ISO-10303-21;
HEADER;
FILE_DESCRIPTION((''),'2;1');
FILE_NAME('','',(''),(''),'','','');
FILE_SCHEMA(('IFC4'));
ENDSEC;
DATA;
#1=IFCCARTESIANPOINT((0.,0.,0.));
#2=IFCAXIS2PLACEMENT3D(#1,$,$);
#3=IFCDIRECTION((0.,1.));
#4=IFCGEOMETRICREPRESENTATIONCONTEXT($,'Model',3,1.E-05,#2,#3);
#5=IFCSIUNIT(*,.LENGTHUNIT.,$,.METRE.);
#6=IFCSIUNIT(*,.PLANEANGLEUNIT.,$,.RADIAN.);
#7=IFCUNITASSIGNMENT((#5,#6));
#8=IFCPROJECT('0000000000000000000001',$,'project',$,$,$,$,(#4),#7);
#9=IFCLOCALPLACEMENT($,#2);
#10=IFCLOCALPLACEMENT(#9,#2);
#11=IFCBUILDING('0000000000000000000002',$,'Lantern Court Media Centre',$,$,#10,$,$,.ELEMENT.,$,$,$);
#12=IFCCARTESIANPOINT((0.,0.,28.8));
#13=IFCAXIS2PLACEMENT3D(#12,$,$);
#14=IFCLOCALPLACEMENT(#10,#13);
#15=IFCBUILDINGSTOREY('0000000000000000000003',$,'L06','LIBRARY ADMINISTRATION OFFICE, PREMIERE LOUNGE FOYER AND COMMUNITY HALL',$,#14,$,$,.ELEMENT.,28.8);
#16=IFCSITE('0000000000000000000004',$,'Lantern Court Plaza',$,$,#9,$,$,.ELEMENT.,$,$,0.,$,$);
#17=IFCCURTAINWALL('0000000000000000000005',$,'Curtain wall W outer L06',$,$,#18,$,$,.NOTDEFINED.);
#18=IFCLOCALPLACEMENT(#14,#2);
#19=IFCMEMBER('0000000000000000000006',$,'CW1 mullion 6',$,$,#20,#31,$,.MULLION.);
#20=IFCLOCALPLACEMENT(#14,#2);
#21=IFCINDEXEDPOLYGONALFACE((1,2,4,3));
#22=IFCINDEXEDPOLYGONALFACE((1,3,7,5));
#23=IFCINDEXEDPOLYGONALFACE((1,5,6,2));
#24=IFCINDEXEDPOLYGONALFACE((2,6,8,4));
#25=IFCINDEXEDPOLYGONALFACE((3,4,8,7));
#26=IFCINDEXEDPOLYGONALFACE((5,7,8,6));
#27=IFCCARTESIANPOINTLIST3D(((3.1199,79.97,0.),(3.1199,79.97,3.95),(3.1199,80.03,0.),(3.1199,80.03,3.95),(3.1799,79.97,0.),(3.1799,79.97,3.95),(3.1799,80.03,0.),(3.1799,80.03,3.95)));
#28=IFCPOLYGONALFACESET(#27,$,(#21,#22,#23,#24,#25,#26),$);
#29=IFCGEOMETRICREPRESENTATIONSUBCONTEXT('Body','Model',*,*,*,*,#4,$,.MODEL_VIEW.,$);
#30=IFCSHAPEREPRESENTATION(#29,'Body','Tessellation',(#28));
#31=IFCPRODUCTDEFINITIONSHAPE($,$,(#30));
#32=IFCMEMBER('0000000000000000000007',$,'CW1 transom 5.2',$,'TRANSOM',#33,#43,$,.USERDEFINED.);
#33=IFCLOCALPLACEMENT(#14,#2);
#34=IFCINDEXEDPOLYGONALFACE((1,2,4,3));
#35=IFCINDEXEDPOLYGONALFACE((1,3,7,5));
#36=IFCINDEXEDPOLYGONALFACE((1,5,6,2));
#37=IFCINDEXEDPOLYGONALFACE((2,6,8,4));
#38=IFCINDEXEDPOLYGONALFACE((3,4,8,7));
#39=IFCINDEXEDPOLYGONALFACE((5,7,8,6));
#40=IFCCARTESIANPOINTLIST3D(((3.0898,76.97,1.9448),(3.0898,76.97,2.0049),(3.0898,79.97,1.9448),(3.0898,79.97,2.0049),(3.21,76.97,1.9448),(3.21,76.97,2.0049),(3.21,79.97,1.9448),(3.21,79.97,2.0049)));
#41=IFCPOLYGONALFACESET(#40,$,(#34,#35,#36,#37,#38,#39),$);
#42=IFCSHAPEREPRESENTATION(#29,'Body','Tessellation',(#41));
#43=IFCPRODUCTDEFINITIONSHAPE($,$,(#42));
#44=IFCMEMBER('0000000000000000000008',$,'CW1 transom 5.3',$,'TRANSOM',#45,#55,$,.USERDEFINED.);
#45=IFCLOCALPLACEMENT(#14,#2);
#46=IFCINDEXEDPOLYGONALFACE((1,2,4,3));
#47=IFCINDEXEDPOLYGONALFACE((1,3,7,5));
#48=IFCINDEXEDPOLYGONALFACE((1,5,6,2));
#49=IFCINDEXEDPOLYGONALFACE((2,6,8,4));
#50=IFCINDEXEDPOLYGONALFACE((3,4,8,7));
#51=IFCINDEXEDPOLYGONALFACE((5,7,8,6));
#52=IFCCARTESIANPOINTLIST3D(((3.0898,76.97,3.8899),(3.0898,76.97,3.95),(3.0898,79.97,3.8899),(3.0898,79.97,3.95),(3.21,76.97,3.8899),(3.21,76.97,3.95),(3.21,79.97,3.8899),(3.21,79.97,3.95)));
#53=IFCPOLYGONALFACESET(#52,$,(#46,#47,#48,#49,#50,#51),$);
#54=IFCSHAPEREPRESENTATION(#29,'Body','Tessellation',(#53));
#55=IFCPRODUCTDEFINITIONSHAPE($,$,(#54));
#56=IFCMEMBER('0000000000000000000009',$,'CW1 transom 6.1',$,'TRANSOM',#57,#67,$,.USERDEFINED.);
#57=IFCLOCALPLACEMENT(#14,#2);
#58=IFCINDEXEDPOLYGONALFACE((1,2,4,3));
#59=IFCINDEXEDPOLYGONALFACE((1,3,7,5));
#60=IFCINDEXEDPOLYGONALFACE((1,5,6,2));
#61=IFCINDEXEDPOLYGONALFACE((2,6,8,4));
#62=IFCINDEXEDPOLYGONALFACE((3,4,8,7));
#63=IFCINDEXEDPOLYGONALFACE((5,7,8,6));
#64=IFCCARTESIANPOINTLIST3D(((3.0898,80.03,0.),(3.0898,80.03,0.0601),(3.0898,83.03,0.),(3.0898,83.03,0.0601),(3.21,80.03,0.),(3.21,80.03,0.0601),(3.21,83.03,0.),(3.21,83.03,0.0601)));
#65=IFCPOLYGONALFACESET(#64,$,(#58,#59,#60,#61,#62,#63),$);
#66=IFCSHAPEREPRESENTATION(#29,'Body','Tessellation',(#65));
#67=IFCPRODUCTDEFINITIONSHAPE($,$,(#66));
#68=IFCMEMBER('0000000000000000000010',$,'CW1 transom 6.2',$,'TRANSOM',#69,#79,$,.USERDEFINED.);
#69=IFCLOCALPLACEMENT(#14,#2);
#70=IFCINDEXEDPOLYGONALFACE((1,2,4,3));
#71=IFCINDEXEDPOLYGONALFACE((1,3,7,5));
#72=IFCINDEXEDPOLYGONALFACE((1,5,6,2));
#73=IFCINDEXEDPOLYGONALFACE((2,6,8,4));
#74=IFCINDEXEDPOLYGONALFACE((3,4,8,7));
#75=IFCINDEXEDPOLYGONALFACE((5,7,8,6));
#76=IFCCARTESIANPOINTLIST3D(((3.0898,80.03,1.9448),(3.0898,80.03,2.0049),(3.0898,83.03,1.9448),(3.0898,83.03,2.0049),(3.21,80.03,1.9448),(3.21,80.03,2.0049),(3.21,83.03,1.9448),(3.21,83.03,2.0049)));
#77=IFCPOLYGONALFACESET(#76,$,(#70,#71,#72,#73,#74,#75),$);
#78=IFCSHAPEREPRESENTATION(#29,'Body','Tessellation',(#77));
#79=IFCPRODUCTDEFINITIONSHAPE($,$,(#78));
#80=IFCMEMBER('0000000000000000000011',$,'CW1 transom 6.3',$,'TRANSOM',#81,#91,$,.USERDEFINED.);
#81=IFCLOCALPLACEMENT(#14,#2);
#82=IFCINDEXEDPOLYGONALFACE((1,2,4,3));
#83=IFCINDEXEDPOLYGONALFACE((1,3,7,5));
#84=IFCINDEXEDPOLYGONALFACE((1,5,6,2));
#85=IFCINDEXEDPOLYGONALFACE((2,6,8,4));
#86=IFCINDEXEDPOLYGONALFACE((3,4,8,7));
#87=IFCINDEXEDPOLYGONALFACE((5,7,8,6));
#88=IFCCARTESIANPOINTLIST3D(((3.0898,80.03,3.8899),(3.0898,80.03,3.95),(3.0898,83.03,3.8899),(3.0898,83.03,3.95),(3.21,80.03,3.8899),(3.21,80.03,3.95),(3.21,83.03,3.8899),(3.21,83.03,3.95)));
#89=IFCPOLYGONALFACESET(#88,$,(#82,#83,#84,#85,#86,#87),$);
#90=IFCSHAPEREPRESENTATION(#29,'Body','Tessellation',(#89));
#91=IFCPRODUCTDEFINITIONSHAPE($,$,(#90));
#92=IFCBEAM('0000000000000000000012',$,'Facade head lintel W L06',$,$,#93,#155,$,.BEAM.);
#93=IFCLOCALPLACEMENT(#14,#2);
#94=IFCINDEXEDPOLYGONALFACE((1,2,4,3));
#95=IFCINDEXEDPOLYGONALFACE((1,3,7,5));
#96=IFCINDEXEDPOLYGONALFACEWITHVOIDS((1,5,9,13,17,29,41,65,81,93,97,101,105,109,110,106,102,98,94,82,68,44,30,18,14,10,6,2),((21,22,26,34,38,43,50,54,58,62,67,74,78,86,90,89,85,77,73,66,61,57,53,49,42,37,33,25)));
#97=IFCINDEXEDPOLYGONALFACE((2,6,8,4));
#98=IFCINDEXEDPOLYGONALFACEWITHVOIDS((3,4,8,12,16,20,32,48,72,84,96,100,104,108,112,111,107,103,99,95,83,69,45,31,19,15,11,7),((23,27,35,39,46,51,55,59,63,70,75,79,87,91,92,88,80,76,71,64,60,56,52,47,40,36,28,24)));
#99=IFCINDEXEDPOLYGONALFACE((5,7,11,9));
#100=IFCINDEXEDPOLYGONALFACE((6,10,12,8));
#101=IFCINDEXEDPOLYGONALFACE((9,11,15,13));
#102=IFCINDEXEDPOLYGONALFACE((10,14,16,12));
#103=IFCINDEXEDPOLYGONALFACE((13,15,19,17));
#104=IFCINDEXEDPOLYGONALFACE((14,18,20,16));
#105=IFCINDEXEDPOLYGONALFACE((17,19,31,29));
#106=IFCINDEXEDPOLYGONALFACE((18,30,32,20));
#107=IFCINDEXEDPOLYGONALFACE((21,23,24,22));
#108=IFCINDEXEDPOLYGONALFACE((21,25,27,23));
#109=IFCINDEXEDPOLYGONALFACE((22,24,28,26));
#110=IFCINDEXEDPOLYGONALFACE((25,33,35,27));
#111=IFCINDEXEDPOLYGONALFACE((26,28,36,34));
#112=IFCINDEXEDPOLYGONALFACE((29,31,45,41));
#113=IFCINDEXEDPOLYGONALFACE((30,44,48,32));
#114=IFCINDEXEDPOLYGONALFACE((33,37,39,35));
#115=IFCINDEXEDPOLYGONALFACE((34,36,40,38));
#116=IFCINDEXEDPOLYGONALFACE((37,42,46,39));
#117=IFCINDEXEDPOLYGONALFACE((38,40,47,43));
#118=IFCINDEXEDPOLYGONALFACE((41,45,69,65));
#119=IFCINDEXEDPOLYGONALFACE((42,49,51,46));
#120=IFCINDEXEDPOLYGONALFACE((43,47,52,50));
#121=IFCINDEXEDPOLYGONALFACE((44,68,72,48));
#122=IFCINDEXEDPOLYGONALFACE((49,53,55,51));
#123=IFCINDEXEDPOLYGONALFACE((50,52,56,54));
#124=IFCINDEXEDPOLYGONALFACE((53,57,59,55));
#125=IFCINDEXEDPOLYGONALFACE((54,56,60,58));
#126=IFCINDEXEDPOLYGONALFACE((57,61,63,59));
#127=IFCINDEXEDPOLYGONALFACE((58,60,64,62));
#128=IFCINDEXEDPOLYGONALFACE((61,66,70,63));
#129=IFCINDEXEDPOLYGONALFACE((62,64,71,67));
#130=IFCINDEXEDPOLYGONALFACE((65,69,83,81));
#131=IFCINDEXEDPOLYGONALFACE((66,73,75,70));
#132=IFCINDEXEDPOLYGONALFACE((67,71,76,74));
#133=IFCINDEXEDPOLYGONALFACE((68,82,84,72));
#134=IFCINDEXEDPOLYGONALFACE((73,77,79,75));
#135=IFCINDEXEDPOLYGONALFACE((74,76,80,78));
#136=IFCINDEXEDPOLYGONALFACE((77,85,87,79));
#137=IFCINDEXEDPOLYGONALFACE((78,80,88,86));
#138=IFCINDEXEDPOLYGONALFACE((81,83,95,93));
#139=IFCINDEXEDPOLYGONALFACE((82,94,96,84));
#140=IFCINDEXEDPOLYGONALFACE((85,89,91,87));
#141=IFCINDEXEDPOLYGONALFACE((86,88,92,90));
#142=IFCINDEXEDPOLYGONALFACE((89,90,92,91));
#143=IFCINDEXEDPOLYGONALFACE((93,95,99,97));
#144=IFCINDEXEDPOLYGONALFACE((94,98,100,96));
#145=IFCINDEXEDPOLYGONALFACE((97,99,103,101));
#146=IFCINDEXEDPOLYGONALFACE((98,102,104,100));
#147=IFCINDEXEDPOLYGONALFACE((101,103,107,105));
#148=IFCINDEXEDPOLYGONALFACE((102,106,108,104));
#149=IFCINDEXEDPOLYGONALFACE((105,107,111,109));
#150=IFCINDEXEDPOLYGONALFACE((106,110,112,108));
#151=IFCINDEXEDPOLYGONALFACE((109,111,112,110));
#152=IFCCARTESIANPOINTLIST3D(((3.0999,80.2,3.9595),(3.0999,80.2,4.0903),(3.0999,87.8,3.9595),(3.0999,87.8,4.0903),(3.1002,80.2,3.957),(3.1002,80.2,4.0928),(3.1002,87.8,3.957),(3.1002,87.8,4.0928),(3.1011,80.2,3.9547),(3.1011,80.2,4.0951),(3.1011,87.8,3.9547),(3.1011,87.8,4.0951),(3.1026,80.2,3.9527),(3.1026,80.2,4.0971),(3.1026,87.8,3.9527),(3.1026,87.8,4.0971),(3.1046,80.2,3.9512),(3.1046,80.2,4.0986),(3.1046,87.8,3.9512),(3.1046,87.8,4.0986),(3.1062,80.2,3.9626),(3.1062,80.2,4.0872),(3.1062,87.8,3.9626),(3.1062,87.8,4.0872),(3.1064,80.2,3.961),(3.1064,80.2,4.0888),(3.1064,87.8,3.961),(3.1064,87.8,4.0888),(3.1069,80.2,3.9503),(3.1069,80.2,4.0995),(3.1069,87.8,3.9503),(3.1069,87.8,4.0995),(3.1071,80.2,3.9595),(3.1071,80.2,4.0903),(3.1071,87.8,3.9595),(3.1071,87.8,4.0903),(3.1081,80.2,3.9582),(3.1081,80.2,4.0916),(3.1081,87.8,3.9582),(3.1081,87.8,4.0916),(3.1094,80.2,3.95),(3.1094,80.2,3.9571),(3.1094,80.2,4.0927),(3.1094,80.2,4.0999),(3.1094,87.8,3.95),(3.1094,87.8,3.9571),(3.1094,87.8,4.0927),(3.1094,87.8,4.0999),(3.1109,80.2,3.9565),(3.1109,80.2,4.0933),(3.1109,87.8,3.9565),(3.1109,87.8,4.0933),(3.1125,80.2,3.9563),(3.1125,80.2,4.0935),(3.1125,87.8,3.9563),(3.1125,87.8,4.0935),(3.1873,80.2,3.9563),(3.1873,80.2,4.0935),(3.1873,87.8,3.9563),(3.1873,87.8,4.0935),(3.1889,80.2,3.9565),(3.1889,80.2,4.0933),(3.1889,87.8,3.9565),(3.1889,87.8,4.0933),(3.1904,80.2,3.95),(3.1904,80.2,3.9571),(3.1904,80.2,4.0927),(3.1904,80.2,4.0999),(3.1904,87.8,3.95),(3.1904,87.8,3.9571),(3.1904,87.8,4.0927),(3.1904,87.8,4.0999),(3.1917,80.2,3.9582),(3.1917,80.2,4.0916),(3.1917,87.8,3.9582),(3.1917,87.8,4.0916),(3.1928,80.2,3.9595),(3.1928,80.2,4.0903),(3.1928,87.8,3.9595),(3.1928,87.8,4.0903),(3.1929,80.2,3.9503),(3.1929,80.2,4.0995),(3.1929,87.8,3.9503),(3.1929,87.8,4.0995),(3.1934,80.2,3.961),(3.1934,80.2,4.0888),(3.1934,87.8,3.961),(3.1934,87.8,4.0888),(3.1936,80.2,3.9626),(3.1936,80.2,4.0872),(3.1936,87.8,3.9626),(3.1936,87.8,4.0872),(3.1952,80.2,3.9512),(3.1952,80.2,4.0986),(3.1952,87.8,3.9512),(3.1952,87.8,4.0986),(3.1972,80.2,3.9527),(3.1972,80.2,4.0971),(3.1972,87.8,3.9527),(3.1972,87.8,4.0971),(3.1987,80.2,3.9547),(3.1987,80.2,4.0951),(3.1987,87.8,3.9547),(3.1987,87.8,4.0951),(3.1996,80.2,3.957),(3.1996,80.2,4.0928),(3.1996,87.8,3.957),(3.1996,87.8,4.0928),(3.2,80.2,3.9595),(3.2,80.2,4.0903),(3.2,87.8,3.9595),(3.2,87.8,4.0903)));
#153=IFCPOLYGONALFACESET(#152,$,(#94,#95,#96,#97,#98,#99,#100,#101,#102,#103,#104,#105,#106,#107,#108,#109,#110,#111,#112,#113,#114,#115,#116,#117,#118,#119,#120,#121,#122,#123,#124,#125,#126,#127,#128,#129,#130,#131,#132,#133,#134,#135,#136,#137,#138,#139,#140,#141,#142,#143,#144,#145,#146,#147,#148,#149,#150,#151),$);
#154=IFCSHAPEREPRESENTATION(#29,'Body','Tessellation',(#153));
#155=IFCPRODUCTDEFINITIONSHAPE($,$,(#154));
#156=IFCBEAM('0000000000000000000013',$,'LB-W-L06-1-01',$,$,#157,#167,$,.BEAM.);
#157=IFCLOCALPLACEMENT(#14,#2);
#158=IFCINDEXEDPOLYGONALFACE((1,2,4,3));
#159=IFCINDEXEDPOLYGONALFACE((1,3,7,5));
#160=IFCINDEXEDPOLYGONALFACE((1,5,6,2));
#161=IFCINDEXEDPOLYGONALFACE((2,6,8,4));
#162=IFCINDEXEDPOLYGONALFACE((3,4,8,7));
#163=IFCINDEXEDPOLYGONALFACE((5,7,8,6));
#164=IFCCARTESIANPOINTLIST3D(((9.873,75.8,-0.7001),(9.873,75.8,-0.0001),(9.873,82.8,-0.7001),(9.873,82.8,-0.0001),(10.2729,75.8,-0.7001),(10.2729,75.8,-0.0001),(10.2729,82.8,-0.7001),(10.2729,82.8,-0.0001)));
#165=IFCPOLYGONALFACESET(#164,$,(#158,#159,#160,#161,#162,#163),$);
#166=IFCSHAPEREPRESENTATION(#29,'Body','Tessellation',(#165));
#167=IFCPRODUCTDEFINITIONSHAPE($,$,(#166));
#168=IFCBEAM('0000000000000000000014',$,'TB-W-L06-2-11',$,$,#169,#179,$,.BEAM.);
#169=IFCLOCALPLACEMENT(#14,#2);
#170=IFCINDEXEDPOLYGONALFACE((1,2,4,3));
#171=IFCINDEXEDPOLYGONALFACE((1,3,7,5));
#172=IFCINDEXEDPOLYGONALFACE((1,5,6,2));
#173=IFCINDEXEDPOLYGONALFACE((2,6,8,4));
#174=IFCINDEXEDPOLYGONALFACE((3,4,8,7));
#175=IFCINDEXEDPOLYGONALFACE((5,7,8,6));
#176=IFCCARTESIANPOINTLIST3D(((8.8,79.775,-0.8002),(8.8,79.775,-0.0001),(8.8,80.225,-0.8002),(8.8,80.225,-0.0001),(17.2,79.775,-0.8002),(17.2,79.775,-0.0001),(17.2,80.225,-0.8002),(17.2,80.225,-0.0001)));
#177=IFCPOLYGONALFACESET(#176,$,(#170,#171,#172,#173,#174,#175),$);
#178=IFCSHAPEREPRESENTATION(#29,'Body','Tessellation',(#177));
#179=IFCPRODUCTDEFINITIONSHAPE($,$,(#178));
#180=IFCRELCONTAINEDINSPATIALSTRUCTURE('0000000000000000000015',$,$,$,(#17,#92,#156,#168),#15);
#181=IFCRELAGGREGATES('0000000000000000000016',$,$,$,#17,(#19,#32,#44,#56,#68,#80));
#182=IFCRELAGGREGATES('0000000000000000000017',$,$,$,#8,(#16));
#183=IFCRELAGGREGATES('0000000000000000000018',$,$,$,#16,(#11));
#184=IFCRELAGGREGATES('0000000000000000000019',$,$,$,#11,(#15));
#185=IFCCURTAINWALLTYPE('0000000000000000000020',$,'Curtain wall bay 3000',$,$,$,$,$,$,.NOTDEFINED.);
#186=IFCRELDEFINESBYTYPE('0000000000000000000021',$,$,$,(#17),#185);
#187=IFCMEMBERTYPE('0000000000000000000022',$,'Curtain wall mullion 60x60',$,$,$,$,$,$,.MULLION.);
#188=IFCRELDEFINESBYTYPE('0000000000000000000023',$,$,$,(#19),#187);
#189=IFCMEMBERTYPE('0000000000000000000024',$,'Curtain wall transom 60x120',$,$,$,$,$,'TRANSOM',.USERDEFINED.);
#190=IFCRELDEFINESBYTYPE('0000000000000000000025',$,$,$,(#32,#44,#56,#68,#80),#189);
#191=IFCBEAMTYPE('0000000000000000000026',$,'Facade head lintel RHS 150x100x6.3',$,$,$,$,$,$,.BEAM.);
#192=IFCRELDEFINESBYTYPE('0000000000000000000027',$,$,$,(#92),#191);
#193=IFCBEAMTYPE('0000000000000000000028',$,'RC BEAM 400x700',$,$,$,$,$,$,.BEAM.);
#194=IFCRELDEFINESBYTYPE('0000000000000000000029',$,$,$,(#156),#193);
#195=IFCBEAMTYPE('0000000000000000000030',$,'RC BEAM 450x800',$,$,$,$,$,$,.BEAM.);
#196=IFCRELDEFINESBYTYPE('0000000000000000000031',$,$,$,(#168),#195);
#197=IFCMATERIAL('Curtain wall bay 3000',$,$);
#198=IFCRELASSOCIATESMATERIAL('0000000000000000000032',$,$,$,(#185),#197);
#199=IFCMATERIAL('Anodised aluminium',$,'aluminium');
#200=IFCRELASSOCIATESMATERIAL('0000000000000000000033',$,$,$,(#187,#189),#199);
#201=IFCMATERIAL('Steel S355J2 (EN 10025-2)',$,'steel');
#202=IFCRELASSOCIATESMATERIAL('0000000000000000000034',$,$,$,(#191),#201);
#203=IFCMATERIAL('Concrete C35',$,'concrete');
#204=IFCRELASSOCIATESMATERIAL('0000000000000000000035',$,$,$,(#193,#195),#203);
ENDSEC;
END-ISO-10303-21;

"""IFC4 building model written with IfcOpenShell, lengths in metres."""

from ifc_helpers import new_model, si_unit, direction, frame, origin, origin_2d, place, context, subcontext, project, spatial, rectangle, hollow_rectangle, extrude, material, material_profile, profile_set, type_object, element, aggregate, save


model = new_model("IFC4")

# Units and contexts
model_context = context("Model", 3, precision=1e-05, world=origin(), true_north=direction((0.0, 1.0)))
body_context = subcontext(model_context, "Body", "Model", "MODEL_VIEW")
ifc_project = project(units=[si_unit("LENGTHUNIT", "METRE"), si_unit("PLANEANGLEUNIT", "RADIAN")], contexts=[model_context])

# Site, building, storey
site_placement = place(None, origin())
site = spatial("IfcSite", under=ifc_project, at=site_placement, Name="Lantern Court Plaza", CompositionType="ELEMENT", RefElevation=0.0)
building_placement = place(site_placement, origin())
building = spatial("IfcBuilding", under=site, at=building_placement, Name="Lantern Court Media Centre", CompositionType="ELEMENT")
storey_placement = place(building_placement, frame((0.0, 0.0, 28.8)))
storey = spatial("IfcBuildingStorey", under=building, at=storey_placement, Name="L06", Description="LIBRARY ADMINISTRATION OFFICE, PREMIERE LOUNGE FOYER AND COMMUNITY HALL", CompositionType="ELEMENT", Elevation=28.8)

# Curtain wall, members
ifc_material_1 = material(Name="Curtain wall bay 3000")
curtain_wall_type = type_object("IfcCurtainWallType", Name="Curtain wall bay 3000", PredefinedType="NOTDEFINED", material=ifc_material_1)
curtain_wall_placement = place(storey_placement, origin())
curtain_wall = element("IfcCurtainWall", 1, at=curtain_wall_placement, inside=storey, type_object=curtain_wall_type, Name="Curtain wall W outer L06", PredefinedType="NOTDEFINED")
ifc_material_2 = material(Name="Anodised aluminium", Category="aluminium")
ifc_material_profile_1 = material_profile(ifc_material_2, rectangle(XDim=0.0601, YDim=0.0601, at=origin_2d()), Name="AL 60x60")
ifc_profile_set_1 = profile_set([ifc_material_profile_1], Name="Anodised aluminium")
member_type_1 = type_object("IfcMemberType", Name="Curtain wall mullion 60x60", PredefinedType="MULLION", material=ifc_profile_set_1)
member_1_placement = place(storey_placement, frame((3.1499, 80.0, 0.0), z_axis=(0.0, 0.0, 1.0), x_axis=(-1.0, 0.0, 0.0)))
member_1 = element("IfcMember", 2, at=member_1_placement, type_object=member_type_1, Name="CW1 mullion 6", PredefinedType="MULLION", context=body_context, shape_type="SweptSolid", body=[
    extrude(rectangle(XDim=0.0601, YDim=0.0601, at=origin_2d()), origin(), (0.0, 0.0, 1.0), 3.95),
])
ifc_material_profile_2 = material_profile(ifc_material_2, rectangle(XDim=0.1201, YDim=0.0601, at=origin_2d()), Name="AL 60x120")
ifc_profile_set_2 = profile_set([ifc_material_profile_2], Name="Anodised aluminium")
member_type_2 = type_object("IfcMemberType", Name="Curtain wall transom 60x120", ElementType="TRANSOM", PredefinedType="USERDEFINED", material=ifc_profile_set_2)
member_2_placement = place(storey_placement, frame((3.1499, 76.97, 1.9749), z_axis=(0.0, 1.0, 0.0), x_axis=(-1.0, 0.0, 0.0)))
member_2 = element("IfcMember", 3, at=member_2_placement, type_object=member_type_2, Name="CW1 transom 5.2", ObjectType="TRANSOM", PredefinedType="USERDEFINED", context=body_context, shape_type="SweptSolid", body=[
    extrude(rectangle(XDim=0.1201, YDim=0.0601, at=origin_2d()), origin(), (0.0, 0.0, 1.0), 3.0),
])
member_3_placement = place(storey_placement, frame((3.1499, 76.97, 3.9199), z_axis=(0.0, 1.0, 0.0), x_axis=(-1.0, 0.0, 0.0)))
member_3 = element("IfcMember", 4, at=member_3_placement, type_object=member_type_2, Name="CW1 transom 5.3", ObjectType="TRANSOM", PredefinedType="USERDEFINED", context=body_context, shape_type="SweptSolid", body=[
    extrude(rectangle(XDim=0.1201, YDim=0.0601, at=origin_2d()), origin(), (0.0, 0.0, 1.0), 3.0),
])
member_4_placement = place(storey_placement, frame((3.1499, 80.03, 0.03), z_axis=(0.0, 1.0, 0.0), x_axis=(-1.0, 0.0, 0.0)))
member_4 = element("IfcMember", 5, at=member_4_placement, type_object=member_type_2, Name="CW1 transom 6.1", ObjectType="TRANSOM", PredefinedType="USERDEFINED", context=body_context, shape_type="SweptSolid", body=[
    extrude(rectangle(XDim=0.1201, YDim=0.0601, at=origin_2d()), origin(), (0.0, 0.0, 1.0), 3.0),
])
member_5_placement = place(storey_placement, frame((3.1499, 80.03, 1.9749), z_axis=(0.0, 1.0, 0.0), x_axis=(-1.0, 0.0, 0.0)))
member_5 = element("IfcMember", 6, at=member_5_placement, type_object=member_type_2, Name="CW1 transom 6.2", ObjectType="TRANSOM", PredefinedType="USERDEFINED", context=body_context, shape_type="SweptSolid", body=[
    extrude(rectangle(XDim=0.1201, YDim=0.0601, at=origin_2d()), origin(), (0.0, 0.0, 1.0), 3.0),
])
member_6_placement = place(storey_placement, frame((3.1499, 80.03, 3.9199), z_axis=(0.0, 1.0, 0.0), x_axis=(-1.0, 0.0, 0.0)))
member_6 = element("IfcMember", 7, at=member_6_placement, type_object=member_type_2, Name="CW1 transom 6.3", ObjectType="TRANSOM", PredefinedType="USERDEFINED", context=body_context, shape_type="SweptSolid", body=[
    extrude(rectangle(XDim=0.1201, YDim=0.0601, at=origin_2d()), origin(), (0.0, 0.0, 1.0), 3.0),
])

# Beams
ifc_material_3 = material(Name="Steel S355J2 (EN 10025-2)", Category="steel")
ifc_material_profile_3 = material_profile(ifc_material_3, hollow_rectangle(XDim=0.1001, YDim=0.1499, WallThickness=0.0063, InnerFilletRadius=0.0063, OuterFilletRadius=0.0095, at=origin_2d()), Name="Facade head lintel RHS 150x100x6.3")
ifc_profile_set_3 = profile_set([ifc_material_profile_3], Name="Steel S355J2 (EN 10025-2)")
beam_type_1 = type_object("IfcBeamType", Name="Facade head lintel RHS 150x100x6.3", PredefinedType="BEAM", material=ifc_profile_set_3)
beam_1_placement = place(storey_placement, frame((3.1499, 80.2, 4.0249), z_axis=(0.0, 1.0, 0.0), x_axis=(-1.0, 0.0, 0.0)))
element("IfcBeam", 8, at=beam_1_placement, inside=storey, type_object=beam_type_1, Name="Facade head lintel W L06", PredefinedType="BEAM", context=body_context, shape_type="SweptSolid", body=[
    extrude(hollow_rectangle(XDim=0.1001, YDim=0.1499, WallThickness=0.0063, InnerFilletRadius=0.0063, OuterFilletRadius=0.0095, at=origin_2d()), origin(), (0.0, 0.0, 1.0), 7.6001),
])
ifc_material_4 = material(Name="Concrete C35", Category="concrete")
ifc_material_profile_4 = material_profile(ifc_material_4, rectangle(XDim=0.3999, YDim=0.7, at=origin_2d()), Name="RC 400x700")
ifc_profile_set_4 = profile_set([ifc_material_profile_4], Name="Concrete C35")
beam_type_2 = type_object("IfcBeamType", Name="RC BEAM 400x700", PredefinedType="BEAM", material=ifc_profile_set_4)
beam_2_placement = place(storey_placement, frame((10.073, 75.8, -0.3501), z_axis=(0.0, 1.0, 0.0), x_axis=(-1.0, 0.0, 0.0)))
element("IfcBeam", 9, at=beam_2_placement, inside=storey, type_object=beam_type_2, Name="LB-W-L06-1-01", PredefinedType="BEAM", context=body_context, shape_type="SweptSolid", body=[
    extrude(rectangle(XDim=0.3999, YDim=0.7, at=origin_2d()), origin(), (0.0, 0.0, 1.0), 7.0),
])
ifc_material_profile_5 = material_profile(ifc_material_4, rectangle(XDim=0.45, YDim=0.8, at=origin_2d()), Name="RC 450x800")
ifc_profile_set_5 = profile_set([ifc_material_profile_5], Name="Concrete C35")
beam_type_3 = type_object("IfcBeamType", Name="RC BEAM 450x800", PredefinedType="BEAM", material=ifc_profile_set_5)
beam_3_placement = place(storey_placement, frame((8.8, 80.0, -0.4001), z_axis=(1.0, 0.0, 0.0), x_axis=(0.0, 1.0, 0.0)))
element("IfcBeam", 10, at=beam_3_placement, inside=storey, type_object=beam_type_3, Name="TB-W-L06-2-11", PredefinedType="BEAM", context=body_context, shape_type="SweptSolid", body=[
    extrude(rectangle(XDim=0.45, YDim=0.8, at=origin_2d()), origin(), (0.0, 0.0, 1.0), 8.3999),
])

aggregate(curtain_wall, [member_1, member_2, member_3, member_4, member_5, member_6])

save(model, "model.ifc")
